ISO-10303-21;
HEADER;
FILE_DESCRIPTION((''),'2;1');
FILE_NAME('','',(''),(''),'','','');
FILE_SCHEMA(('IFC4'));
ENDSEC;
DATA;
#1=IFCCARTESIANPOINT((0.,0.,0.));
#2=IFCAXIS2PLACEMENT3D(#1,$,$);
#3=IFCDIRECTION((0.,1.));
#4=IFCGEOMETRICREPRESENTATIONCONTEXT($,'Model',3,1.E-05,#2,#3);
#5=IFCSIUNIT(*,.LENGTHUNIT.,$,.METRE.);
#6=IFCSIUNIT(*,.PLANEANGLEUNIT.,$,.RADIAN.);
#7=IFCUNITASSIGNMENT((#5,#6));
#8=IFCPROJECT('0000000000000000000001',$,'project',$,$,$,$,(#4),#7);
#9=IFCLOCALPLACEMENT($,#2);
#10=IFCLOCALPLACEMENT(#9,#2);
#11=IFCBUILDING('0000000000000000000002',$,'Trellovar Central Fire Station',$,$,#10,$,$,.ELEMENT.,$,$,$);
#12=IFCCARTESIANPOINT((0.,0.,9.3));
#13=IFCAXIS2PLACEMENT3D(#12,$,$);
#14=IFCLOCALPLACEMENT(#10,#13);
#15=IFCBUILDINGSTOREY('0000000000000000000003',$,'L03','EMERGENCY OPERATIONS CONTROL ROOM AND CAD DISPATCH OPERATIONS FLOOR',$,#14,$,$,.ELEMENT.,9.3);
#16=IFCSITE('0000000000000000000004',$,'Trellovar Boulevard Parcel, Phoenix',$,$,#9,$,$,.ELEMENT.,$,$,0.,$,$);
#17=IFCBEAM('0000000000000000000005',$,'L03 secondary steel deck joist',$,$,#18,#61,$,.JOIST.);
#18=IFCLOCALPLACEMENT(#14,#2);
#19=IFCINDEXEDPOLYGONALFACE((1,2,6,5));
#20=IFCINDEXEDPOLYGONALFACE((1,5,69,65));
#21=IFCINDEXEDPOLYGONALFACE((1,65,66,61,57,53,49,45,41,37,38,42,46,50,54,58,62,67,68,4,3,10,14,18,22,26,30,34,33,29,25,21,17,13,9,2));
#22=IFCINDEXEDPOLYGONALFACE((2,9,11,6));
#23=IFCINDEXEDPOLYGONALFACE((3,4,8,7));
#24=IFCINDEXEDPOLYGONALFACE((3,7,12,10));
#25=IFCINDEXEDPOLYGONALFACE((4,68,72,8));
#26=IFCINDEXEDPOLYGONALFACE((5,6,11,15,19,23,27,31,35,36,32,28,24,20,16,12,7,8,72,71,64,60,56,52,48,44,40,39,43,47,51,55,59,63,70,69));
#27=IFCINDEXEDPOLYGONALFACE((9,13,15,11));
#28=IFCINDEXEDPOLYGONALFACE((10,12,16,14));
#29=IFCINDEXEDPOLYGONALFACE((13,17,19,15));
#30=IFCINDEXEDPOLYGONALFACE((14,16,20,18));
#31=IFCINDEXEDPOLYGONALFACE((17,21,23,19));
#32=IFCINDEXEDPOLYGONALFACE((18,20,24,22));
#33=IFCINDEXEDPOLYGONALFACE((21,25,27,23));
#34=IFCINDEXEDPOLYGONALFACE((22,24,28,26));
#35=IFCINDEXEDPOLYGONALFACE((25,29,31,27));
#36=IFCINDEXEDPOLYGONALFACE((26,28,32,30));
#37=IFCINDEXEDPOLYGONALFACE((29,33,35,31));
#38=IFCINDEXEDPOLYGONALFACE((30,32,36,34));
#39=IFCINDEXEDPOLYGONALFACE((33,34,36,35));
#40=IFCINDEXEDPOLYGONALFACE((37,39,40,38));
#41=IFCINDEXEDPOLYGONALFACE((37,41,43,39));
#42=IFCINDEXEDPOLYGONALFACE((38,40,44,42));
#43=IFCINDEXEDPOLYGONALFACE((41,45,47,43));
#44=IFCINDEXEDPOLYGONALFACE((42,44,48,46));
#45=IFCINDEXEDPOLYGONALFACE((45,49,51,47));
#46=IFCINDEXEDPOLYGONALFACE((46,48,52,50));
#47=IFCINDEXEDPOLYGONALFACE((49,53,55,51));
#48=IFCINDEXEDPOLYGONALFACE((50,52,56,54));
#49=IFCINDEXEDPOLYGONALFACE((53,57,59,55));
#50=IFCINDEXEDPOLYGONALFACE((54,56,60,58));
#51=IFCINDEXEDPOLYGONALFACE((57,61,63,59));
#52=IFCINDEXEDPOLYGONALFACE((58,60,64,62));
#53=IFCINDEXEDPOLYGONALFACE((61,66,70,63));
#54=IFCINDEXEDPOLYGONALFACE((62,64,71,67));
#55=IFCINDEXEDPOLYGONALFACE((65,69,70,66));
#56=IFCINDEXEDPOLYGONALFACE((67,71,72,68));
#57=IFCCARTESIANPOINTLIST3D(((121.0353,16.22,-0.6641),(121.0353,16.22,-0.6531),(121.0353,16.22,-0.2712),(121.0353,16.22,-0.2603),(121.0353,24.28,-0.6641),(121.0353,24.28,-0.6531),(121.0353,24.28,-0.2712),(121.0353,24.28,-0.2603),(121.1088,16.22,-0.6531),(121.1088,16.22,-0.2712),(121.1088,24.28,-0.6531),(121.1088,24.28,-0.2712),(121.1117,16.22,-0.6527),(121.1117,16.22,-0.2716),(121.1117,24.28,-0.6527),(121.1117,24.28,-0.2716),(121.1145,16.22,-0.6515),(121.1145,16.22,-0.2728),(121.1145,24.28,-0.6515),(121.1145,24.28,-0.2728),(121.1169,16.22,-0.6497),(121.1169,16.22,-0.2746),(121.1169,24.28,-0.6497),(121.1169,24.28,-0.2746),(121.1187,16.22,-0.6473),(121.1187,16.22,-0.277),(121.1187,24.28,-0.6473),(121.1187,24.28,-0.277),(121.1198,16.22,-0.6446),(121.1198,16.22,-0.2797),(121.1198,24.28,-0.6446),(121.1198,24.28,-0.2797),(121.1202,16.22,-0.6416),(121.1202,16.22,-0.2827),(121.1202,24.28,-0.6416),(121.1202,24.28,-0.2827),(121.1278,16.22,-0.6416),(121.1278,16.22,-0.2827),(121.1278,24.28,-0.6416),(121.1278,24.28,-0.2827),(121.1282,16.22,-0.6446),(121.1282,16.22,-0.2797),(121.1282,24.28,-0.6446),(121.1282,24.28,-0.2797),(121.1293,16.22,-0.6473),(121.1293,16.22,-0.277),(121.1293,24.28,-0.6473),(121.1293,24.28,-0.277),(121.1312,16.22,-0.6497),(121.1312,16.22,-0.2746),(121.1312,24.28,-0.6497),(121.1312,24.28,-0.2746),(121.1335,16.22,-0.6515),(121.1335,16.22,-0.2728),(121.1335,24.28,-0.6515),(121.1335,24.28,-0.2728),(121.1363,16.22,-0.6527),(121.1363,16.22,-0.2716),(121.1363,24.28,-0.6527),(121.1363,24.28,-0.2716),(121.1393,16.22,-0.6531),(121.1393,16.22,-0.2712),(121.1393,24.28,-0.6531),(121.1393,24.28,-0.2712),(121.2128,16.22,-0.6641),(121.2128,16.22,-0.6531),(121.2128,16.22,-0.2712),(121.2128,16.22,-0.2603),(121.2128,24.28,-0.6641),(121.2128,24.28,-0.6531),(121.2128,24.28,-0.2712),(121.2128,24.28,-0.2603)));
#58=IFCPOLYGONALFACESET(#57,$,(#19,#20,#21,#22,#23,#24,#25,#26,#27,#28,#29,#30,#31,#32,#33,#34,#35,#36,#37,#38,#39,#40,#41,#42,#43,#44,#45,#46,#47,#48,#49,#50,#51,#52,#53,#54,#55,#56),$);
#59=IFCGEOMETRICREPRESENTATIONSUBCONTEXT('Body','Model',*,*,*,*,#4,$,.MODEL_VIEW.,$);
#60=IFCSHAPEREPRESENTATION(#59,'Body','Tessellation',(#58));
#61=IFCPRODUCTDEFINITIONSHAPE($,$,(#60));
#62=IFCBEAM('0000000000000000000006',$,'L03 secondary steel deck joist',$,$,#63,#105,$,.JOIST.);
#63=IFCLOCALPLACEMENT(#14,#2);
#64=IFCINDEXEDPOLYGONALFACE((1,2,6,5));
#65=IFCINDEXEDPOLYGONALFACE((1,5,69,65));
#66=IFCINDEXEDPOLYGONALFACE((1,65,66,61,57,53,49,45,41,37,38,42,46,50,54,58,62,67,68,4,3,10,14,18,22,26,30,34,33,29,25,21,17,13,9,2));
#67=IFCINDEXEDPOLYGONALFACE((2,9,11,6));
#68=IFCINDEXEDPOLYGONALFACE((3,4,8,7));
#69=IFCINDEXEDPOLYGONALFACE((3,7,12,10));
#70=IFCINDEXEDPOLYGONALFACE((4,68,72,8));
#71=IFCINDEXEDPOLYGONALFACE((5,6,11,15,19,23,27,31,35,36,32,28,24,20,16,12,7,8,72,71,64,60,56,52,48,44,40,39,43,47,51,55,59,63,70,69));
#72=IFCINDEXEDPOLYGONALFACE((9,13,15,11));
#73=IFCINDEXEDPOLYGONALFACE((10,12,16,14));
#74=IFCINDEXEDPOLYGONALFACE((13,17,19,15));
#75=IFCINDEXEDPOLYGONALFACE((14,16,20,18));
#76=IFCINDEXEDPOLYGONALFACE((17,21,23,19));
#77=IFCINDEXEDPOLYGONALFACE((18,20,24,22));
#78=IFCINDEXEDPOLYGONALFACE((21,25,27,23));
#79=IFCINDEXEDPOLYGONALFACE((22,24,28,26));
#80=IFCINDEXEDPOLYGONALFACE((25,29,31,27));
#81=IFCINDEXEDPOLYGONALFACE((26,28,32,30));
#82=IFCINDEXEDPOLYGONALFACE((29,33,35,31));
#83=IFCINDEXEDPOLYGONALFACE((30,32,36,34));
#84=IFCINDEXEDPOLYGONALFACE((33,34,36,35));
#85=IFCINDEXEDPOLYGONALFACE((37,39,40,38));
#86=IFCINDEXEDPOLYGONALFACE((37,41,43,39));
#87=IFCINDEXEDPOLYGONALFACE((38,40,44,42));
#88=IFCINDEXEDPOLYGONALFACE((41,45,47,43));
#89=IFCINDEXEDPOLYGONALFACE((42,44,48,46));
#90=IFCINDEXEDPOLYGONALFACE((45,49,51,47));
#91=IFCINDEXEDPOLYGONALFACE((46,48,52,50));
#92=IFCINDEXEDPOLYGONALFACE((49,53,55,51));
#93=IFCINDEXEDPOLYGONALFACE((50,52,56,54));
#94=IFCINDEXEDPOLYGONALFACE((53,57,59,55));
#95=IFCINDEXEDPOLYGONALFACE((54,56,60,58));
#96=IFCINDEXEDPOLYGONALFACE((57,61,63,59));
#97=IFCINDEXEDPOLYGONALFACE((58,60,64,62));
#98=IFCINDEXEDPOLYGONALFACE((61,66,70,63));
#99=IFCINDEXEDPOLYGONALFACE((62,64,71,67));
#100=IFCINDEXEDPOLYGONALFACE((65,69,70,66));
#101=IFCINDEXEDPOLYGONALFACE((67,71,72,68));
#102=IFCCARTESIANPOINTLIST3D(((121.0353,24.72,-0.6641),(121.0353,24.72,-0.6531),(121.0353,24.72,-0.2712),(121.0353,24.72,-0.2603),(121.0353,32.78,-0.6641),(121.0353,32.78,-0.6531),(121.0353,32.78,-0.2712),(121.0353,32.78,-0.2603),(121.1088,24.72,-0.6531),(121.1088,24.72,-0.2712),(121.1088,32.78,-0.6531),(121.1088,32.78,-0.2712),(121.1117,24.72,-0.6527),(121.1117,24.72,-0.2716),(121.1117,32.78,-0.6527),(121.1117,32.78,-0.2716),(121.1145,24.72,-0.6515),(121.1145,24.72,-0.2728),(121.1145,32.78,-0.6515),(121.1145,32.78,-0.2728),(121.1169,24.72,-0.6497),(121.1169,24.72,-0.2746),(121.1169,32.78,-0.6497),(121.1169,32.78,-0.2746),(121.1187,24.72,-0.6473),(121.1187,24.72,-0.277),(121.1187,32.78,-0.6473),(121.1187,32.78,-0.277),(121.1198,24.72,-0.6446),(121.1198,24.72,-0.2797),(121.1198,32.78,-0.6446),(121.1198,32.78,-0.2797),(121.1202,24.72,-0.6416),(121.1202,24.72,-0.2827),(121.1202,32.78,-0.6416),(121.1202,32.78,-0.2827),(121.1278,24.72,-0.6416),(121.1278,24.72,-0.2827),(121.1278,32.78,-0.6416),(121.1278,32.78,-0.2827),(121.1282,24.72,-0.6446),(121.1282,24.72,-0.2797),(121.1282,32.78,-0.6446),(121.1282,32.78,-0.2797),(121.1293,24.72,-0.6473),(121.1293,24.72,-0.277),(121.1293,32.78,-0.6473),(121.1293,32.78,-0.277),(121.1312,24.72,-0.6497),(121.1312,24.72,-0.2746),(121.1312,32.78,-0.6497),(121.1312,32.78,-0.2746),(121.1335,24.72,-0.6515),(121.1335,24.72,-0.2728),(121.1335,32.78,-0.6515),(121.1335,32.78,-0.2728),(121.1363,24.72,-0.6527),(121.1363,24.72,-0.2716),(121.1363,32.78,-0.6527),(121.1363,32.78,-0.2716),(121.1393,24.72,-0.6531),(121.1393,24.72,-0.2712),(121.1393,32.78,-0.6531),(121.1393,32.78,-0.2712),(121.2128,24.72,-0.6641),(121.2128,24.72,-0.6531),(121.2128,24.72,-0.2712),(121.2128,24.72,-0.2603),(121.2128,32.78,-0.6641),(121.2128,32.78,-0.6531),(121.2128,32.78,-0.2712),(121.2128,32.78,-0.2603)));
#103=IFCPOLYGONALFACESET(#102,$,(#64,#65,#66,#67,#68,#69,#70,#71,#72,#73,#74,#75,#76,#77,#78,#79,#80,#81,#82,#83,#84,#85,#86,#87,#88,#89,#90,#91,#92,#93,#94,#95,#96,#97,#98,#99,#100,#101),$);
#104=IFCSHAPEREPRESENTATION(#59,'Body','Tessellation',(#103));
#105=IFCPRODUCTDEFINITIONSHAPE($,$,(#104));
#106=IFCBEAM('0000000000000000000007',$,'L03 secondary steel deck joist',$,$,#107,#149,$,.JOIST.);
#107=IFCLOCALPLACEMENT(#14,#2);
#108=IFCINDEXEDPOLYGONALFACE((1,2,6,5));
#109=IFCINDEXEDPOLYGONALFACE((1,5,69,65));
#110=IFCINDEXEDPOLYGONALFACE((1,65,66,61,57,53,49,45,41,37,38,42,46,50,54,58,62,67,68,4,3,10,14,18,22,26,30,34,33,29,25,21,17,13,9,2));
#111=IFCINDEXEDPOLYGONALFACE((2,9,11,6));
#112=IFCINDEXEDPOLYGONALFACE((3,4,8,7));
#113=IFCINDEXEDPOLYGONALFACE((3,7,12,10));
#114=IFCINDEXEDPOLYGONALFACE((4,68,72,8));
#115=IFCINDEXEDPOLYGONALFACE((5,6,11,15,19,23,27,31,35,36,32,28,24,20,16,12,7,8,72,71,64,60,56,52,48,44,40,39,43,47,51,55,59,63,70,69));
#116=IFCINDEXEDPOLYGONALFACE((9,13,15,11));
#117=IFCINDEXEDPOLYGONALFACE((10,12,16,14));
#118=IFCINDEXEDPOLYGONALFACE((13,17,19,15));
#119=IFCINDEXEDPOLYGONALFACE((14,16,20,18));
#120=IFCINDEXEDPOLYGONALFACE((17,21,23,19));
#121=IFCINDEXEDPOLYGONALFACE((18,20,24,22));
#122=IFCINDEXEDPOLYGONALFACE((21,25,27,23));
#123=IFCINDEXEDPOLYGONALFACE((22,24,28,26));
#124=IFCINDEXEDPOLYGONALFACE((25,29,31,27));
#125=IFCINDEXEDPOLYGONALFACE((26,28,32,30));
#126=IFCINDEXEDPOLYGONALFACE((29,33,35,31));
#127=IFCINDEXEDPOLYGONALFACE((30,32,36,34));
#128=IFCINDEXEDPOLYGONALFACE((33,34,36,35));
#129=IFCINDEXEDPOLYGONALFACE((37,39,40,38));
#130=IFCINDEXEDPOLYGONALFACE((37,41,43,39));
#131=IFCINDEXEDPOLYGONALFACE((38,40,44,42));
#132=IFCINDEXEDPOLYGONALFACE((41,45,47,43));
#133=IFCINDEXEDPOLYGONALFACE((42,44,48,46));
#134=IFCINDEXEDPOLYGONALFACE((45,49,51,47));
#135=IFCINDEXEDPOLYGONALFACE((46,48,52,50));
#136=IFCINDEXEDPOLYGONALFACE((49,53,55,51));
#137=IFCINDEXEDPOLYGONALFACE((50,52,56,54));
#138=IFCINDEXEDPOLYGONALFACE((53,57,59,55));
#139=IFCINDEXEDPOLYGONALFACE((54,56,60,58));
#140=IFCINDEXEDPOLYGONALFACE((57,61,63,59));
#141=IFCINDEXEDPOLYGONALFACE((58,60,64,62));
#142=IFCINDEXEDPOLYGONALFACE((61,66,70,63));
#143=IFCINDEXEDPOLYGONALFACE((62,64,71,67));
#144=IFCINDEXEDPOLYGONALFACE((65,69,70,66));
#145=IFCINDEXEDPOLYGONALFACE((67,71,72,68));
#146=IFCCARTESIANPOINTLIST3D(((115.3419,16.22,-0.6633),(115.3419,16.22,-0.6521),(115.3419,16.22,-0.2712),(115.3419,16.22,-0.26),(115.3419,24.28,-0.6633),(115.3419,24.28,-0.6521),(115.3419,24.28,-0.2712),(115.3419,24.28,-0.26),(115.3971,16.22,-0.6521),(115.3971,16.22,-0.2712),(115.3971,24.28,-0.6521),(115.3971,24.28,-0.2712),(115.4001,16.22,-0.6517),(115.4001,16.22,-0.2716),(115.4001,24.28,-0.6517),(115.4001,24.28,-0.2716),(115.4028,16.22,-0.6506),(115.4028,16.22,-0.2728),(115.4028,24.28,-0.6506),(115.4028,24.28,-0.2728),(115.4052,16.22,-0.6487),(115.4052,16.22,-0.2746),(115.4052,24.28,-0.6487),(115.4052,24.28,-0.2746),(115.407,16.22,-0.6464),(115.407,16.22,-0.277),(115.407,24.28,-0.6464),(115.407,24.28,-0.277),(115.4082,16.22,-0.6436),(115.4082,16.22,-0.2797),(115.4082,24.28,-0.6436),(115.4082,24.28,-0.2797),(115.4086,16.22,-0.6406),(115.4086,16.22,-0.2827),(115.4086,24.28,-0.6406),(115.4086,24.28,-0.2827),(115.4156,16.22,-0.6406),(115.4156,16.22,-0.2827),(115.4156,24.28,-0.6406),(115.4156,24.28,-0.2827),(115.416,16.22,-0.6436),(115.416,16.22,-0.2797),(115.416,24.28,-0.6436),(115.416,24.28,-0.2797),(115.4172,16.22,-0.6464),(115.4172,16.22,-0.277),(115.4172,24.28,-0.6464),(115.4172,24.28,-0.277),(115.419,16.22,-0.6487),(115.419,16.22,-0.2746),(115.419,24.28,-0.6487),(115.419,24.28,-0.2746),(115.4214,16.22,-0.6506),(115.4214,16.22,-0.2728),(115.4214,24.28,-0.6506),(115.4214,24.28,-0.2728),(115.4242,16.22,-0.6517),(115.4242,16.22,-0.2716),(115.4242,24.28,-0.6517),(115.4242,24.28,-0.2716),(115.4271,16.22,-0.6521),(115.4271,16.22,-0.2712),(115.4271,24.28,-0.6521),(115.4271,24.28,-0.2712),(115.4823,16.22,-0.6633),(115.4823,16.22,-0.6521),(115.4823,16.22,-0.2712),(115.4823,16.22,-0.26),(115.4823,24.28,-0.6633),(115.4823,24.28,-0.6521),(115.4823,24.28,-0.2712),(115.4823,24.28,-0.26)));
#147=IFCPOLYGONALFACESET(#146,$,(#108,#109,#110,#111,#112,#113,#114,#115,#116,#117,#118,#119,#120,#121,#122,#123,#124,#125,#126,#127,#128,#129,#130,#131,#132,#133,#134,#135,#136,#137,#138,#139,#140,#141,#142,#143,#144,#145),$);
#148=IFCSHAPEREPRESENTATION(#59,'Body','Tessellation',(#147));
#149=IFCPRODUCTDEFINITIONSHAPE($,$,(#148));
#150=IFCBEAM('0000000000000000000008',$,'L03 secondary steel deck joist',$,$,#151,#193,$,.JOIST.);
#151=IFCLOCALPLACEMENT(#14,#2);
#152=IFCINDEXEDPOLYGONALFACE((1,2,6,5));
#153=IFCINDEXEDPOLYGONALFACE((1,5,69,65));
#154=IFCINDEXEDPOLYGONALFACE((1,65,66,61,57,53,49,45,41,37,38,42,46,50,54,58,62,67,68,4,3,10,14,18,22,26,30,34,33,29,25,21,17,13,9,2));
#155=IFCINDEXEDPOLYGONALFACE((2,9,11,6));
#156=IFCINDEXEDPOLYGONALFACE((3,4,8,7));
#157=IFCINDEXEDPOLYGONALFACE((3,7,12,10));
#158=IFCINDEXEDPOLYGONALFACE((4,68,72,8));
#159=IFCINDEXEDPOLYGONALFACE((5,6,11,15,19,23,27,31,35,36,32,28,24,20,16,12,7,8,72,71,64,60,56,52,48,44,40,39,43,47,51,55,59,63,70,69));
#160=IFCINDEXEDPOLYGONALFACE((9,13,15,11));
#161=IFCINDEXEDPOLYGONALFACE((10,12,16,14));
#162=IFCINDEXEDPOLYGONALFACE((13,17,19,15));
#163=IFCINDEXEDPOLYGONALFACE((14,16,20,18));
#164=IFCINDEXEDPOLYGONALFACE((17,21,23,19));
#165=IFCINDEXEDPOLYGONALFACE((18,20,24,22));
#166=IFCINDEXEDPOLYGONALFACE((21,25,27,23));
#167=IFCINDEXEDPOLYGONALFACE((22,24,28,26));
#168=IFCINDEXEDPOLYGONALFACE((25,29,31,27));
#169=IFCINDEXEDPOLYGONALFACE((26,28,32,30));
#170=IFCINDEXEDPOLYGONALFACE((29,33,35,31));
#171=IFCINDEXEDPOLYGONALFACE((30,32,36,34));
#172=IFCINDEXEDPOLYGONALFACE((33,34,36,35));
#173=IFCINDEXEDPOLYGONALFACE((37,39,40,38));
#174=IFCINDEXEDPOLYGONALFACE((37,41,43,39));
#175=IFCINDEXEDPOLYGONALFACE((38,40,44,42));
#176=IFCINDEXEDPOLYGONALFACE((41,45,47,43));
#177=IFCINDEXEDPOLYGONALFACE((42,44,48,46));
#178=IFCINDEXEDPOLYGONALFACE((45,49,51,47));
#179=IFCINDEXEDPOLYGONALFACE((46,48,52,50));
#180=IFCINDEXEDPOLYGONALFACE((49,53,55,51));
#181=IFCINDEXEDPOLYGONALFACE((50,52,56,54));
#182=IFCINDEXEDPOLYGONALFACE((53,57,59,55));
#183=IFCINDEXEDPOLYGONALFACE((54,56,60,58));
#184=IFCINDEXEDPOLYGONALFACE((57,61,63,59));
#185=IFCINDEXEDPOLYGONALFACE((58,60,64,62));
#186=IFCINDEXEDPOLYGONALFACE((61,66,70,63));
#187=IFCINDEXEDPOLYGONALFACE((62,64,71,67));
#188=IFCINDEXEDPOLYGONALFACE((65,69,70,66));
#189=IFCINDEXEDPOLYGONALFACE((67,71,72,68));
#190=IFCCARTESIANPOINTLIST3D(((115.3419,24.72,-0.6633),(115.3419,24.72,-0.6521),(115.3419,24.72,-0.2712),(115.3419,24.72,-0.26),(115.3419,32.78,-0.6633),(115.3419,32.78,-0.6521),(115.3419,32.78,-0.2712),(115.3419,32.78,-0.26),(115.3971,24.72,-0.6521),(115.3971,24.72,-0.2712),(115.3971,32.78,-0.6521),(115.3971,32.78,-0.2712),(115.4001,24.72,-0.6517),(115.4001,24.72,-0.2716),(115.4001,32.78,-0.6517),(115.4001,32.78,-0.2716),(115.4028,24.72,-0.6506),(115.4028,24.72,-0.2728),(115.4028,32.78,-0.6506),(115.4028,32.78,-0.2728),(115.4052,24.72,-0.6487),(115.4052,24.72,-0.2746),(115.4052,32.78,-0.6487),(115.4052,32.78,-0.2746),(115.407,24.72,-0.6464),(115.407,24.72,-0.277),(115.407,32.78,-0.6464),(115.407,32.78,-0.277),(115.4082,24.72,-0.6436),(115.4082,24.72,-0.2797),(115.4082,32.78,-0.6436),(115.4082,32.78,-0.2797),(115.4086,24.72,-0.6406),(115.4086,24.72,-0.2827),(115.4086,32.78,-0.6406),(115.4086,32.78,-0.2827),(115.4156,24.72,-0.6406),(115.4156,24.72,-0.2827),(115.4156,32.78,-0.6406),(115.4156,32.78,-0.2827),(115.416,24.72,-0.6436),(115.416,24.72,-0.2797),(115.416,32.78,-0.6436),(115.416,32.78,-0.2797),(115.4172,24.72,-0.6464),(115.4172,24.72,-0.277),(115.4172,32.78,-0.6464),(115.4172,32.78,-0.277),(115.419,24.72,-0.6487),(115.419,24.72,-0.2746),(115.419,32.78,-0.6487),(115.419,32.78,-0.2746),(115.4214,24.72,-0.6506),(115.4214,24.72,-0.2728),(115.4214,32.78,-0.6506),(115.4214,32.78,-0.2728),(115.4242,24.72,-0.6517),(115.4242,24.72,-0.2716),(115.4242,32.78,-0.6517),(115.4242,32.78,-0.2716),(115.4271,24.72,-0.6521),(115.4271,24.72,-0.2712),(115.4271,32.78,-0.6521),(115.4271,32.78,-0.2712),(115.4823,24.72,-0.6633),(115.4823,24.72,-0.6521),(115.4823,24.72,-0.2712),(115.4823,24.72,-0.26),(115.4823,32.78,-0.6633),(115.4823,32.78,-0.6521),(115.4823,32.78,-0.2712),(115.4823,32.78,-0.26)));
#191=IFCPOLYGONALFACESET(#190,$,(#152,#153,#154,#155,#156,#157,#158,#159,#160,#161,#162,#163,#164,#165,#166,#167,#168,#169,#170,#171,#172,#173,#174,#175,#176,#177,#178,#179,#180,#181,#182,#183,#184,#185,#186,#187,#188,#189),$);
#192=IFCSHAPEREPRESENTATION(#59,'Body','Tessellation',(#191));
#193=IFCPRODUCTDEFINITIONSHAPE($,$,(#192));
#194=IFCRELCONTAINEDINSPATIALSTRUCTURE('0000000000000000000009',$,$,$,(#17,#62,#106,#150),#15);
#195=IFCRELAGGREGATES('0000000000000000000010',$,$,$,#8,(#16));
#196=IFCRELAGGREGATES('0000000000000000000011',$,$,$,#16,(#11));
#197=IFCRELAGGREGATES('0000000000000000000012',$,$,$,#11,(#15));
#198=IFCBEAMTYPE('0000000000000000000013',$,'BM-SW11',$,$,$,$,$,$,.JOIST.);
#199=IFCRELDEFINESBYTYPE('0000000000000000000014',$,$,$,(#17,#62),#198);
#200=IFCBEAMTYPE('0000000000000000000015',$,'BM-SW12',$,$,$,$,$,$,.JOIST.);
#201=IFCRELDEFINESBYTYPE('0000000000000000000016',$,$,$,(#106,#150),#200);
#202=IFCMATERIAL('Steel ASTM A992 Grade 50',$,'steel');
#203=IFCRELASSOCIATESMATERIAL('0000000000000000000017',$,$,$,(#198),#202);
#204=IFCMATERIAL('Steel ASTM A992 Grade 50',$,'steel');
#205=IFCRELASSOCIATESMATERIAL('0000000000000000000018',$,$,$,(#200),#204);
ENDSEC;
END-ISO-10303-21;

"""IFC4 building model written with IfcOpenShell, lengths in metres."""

from ifc_helpers import new_model, si_unit, direction, frame, origin, origin_2d, place, context, subcontext, project, spatial, i_section, extrude, material, material_profile, profile_set, type_object, element, save


model = new_model("IFC4")

# Units and contexts
model_context = context("Model", 3, precision=1e-05, world=origin(), true_north=direction((0.0, 1.0)))
body_context = subcontext(model_context, "Body", "Model", "MODEL_VIEW")
ifc_project = project(units=[si_unit("LENGTHUNIT", "METRE"), si_unit("PLANEANGLEUNIT", "RADIAN")], contexts=[model_context])

# Site, building, storey
site_placement = place(None, origin())
site = spatial("IfcSite", under=ifc_project, at=site_placement, Name="Trellovar Boulevard Parcel, Phoenix", CompositionType="ELEMENT", RefElevation=0.0)
building_placement = place(site_placement, origin())
building = spatial("IfcBuilding", under=site, at=building_placement, Name="Trellovar Central Fire Station", CompositionType="ELEMENT")
storey_placement = place(building_placement, frame((0.0, 0.0, 9.3)))
storey = spatial("IfcBuildingStorey", under=building, at=storey_placement, Name="L03", Description="EMERGENCY OPERATIONS CONTROL ROOM AND CAD DISPATCH OPERATIONS FLOOR", CompositionType="ELEMENT", Elevation=9.3)

# Beams
ifc_material_1 = material(Name="Steel ASTM A992 Grade 50", Category="steel")
ifc_material_profile_1 = material_profile(ifc_material_1, i_section(OverallWidth=0.1775, OverallDepth=0.4038, WebThickness=0.0076, FlangeThickness=0.011, FilletRadius=0.0115, at=origin_2d()), Name="W16X36")
ifc_profile_set_1 = profile_set([ifc_material_profile_1], Name="Steel ASTM A992 Grade 50")
beam_type_1 = type_object("IfcBeamType", Name="BM-SW11", PredefinedType="JOIST", material=ifc_profile_set_1)
for number, where, z_axis, x_axis, name in (
    (1, (121.124, 16.22, -0.4622), (0.0, 1.0, 0.0), (-1.0, 0.0, 0.0), "L03 secondary steel deck joist"),
    (2, (121.124, 24.72, -0.4622), (0.0, 1.0, 0.0), (-1.0, 0.0, 0.0), "L03 secondary steel deck joist"),
):
    element("IfcBeam", number, at=place(storey_placement, frame(where, z_axis=z_axis, x_axis=x_axis)), inside=storey, type_object=beam_type_1, Name=name, PredefinedType="JOIST", context=body_context, shape_type="SweptSolid", body=[
        extrude(i_section(OverallWidth=0.1775, OverallDepth=0.4038, WebThickness=0.0076, FlangeThickness=0.011, FilletRadius=0.0115, at=origin_2d()), origin(), (0.0, 0.0, 1.0), 8.0601),
    ])
ifc_material_2 = material(Name="Steel ASTM A992 Grade 50", Category="steel")
ifc_material_profile_2 = material_profile(ifc_material_2, i_section(OverallWidth=0.1404, OverallDepth=0.4033, WebThickness=0.0071, FlangeThickness=0.0112, FilletRadius=0.0115, at=origin_2d()), Name="W16X31")
ifc_profile_set_2 = profile_set([ifc_material_profile_2], Name="Steel ASTM A992 Grade 50")
beam_type_2 = type_object("IfcBeamType", Name="BM-SW12", PredefinedType="JOIST", material=ifc_profile_set_2)
for number, where, z_axis, x_axis, name in (
    (3, (115.4121, 16.22, -0.4617), (0.0, 1.0, 0.0), (-1.0, 0.0, 0.0), "L03 secondary steel deck joist"),
    (4, (115.4121, 24.72, -0.4617), (0.0, 1.0, 0.0), (-1.0, 0.0, 0.0), "L03 secondary steel deck joist"),
):
    element("IfcBeam", number, at=place(storey_placement, frame(where, z_axis=z_axis, x_axis=x_axis)), inside=storey, type_object=beam_type_2, Name=name, PredefinedType="JOIST", context=body_context, shape_type="SweptSolid", body=[
        extrude(i_section(OverallWidth=0.1404, OverallDepth=0.4033, WebThickness=0.0071, FlangeThickness=0.0112, FilletRadius=0.0115, at=origin_2d()), origin(), (0.0, 0.0, 1.0), 8.0601),
    ])

save(model, "model.ifc")
